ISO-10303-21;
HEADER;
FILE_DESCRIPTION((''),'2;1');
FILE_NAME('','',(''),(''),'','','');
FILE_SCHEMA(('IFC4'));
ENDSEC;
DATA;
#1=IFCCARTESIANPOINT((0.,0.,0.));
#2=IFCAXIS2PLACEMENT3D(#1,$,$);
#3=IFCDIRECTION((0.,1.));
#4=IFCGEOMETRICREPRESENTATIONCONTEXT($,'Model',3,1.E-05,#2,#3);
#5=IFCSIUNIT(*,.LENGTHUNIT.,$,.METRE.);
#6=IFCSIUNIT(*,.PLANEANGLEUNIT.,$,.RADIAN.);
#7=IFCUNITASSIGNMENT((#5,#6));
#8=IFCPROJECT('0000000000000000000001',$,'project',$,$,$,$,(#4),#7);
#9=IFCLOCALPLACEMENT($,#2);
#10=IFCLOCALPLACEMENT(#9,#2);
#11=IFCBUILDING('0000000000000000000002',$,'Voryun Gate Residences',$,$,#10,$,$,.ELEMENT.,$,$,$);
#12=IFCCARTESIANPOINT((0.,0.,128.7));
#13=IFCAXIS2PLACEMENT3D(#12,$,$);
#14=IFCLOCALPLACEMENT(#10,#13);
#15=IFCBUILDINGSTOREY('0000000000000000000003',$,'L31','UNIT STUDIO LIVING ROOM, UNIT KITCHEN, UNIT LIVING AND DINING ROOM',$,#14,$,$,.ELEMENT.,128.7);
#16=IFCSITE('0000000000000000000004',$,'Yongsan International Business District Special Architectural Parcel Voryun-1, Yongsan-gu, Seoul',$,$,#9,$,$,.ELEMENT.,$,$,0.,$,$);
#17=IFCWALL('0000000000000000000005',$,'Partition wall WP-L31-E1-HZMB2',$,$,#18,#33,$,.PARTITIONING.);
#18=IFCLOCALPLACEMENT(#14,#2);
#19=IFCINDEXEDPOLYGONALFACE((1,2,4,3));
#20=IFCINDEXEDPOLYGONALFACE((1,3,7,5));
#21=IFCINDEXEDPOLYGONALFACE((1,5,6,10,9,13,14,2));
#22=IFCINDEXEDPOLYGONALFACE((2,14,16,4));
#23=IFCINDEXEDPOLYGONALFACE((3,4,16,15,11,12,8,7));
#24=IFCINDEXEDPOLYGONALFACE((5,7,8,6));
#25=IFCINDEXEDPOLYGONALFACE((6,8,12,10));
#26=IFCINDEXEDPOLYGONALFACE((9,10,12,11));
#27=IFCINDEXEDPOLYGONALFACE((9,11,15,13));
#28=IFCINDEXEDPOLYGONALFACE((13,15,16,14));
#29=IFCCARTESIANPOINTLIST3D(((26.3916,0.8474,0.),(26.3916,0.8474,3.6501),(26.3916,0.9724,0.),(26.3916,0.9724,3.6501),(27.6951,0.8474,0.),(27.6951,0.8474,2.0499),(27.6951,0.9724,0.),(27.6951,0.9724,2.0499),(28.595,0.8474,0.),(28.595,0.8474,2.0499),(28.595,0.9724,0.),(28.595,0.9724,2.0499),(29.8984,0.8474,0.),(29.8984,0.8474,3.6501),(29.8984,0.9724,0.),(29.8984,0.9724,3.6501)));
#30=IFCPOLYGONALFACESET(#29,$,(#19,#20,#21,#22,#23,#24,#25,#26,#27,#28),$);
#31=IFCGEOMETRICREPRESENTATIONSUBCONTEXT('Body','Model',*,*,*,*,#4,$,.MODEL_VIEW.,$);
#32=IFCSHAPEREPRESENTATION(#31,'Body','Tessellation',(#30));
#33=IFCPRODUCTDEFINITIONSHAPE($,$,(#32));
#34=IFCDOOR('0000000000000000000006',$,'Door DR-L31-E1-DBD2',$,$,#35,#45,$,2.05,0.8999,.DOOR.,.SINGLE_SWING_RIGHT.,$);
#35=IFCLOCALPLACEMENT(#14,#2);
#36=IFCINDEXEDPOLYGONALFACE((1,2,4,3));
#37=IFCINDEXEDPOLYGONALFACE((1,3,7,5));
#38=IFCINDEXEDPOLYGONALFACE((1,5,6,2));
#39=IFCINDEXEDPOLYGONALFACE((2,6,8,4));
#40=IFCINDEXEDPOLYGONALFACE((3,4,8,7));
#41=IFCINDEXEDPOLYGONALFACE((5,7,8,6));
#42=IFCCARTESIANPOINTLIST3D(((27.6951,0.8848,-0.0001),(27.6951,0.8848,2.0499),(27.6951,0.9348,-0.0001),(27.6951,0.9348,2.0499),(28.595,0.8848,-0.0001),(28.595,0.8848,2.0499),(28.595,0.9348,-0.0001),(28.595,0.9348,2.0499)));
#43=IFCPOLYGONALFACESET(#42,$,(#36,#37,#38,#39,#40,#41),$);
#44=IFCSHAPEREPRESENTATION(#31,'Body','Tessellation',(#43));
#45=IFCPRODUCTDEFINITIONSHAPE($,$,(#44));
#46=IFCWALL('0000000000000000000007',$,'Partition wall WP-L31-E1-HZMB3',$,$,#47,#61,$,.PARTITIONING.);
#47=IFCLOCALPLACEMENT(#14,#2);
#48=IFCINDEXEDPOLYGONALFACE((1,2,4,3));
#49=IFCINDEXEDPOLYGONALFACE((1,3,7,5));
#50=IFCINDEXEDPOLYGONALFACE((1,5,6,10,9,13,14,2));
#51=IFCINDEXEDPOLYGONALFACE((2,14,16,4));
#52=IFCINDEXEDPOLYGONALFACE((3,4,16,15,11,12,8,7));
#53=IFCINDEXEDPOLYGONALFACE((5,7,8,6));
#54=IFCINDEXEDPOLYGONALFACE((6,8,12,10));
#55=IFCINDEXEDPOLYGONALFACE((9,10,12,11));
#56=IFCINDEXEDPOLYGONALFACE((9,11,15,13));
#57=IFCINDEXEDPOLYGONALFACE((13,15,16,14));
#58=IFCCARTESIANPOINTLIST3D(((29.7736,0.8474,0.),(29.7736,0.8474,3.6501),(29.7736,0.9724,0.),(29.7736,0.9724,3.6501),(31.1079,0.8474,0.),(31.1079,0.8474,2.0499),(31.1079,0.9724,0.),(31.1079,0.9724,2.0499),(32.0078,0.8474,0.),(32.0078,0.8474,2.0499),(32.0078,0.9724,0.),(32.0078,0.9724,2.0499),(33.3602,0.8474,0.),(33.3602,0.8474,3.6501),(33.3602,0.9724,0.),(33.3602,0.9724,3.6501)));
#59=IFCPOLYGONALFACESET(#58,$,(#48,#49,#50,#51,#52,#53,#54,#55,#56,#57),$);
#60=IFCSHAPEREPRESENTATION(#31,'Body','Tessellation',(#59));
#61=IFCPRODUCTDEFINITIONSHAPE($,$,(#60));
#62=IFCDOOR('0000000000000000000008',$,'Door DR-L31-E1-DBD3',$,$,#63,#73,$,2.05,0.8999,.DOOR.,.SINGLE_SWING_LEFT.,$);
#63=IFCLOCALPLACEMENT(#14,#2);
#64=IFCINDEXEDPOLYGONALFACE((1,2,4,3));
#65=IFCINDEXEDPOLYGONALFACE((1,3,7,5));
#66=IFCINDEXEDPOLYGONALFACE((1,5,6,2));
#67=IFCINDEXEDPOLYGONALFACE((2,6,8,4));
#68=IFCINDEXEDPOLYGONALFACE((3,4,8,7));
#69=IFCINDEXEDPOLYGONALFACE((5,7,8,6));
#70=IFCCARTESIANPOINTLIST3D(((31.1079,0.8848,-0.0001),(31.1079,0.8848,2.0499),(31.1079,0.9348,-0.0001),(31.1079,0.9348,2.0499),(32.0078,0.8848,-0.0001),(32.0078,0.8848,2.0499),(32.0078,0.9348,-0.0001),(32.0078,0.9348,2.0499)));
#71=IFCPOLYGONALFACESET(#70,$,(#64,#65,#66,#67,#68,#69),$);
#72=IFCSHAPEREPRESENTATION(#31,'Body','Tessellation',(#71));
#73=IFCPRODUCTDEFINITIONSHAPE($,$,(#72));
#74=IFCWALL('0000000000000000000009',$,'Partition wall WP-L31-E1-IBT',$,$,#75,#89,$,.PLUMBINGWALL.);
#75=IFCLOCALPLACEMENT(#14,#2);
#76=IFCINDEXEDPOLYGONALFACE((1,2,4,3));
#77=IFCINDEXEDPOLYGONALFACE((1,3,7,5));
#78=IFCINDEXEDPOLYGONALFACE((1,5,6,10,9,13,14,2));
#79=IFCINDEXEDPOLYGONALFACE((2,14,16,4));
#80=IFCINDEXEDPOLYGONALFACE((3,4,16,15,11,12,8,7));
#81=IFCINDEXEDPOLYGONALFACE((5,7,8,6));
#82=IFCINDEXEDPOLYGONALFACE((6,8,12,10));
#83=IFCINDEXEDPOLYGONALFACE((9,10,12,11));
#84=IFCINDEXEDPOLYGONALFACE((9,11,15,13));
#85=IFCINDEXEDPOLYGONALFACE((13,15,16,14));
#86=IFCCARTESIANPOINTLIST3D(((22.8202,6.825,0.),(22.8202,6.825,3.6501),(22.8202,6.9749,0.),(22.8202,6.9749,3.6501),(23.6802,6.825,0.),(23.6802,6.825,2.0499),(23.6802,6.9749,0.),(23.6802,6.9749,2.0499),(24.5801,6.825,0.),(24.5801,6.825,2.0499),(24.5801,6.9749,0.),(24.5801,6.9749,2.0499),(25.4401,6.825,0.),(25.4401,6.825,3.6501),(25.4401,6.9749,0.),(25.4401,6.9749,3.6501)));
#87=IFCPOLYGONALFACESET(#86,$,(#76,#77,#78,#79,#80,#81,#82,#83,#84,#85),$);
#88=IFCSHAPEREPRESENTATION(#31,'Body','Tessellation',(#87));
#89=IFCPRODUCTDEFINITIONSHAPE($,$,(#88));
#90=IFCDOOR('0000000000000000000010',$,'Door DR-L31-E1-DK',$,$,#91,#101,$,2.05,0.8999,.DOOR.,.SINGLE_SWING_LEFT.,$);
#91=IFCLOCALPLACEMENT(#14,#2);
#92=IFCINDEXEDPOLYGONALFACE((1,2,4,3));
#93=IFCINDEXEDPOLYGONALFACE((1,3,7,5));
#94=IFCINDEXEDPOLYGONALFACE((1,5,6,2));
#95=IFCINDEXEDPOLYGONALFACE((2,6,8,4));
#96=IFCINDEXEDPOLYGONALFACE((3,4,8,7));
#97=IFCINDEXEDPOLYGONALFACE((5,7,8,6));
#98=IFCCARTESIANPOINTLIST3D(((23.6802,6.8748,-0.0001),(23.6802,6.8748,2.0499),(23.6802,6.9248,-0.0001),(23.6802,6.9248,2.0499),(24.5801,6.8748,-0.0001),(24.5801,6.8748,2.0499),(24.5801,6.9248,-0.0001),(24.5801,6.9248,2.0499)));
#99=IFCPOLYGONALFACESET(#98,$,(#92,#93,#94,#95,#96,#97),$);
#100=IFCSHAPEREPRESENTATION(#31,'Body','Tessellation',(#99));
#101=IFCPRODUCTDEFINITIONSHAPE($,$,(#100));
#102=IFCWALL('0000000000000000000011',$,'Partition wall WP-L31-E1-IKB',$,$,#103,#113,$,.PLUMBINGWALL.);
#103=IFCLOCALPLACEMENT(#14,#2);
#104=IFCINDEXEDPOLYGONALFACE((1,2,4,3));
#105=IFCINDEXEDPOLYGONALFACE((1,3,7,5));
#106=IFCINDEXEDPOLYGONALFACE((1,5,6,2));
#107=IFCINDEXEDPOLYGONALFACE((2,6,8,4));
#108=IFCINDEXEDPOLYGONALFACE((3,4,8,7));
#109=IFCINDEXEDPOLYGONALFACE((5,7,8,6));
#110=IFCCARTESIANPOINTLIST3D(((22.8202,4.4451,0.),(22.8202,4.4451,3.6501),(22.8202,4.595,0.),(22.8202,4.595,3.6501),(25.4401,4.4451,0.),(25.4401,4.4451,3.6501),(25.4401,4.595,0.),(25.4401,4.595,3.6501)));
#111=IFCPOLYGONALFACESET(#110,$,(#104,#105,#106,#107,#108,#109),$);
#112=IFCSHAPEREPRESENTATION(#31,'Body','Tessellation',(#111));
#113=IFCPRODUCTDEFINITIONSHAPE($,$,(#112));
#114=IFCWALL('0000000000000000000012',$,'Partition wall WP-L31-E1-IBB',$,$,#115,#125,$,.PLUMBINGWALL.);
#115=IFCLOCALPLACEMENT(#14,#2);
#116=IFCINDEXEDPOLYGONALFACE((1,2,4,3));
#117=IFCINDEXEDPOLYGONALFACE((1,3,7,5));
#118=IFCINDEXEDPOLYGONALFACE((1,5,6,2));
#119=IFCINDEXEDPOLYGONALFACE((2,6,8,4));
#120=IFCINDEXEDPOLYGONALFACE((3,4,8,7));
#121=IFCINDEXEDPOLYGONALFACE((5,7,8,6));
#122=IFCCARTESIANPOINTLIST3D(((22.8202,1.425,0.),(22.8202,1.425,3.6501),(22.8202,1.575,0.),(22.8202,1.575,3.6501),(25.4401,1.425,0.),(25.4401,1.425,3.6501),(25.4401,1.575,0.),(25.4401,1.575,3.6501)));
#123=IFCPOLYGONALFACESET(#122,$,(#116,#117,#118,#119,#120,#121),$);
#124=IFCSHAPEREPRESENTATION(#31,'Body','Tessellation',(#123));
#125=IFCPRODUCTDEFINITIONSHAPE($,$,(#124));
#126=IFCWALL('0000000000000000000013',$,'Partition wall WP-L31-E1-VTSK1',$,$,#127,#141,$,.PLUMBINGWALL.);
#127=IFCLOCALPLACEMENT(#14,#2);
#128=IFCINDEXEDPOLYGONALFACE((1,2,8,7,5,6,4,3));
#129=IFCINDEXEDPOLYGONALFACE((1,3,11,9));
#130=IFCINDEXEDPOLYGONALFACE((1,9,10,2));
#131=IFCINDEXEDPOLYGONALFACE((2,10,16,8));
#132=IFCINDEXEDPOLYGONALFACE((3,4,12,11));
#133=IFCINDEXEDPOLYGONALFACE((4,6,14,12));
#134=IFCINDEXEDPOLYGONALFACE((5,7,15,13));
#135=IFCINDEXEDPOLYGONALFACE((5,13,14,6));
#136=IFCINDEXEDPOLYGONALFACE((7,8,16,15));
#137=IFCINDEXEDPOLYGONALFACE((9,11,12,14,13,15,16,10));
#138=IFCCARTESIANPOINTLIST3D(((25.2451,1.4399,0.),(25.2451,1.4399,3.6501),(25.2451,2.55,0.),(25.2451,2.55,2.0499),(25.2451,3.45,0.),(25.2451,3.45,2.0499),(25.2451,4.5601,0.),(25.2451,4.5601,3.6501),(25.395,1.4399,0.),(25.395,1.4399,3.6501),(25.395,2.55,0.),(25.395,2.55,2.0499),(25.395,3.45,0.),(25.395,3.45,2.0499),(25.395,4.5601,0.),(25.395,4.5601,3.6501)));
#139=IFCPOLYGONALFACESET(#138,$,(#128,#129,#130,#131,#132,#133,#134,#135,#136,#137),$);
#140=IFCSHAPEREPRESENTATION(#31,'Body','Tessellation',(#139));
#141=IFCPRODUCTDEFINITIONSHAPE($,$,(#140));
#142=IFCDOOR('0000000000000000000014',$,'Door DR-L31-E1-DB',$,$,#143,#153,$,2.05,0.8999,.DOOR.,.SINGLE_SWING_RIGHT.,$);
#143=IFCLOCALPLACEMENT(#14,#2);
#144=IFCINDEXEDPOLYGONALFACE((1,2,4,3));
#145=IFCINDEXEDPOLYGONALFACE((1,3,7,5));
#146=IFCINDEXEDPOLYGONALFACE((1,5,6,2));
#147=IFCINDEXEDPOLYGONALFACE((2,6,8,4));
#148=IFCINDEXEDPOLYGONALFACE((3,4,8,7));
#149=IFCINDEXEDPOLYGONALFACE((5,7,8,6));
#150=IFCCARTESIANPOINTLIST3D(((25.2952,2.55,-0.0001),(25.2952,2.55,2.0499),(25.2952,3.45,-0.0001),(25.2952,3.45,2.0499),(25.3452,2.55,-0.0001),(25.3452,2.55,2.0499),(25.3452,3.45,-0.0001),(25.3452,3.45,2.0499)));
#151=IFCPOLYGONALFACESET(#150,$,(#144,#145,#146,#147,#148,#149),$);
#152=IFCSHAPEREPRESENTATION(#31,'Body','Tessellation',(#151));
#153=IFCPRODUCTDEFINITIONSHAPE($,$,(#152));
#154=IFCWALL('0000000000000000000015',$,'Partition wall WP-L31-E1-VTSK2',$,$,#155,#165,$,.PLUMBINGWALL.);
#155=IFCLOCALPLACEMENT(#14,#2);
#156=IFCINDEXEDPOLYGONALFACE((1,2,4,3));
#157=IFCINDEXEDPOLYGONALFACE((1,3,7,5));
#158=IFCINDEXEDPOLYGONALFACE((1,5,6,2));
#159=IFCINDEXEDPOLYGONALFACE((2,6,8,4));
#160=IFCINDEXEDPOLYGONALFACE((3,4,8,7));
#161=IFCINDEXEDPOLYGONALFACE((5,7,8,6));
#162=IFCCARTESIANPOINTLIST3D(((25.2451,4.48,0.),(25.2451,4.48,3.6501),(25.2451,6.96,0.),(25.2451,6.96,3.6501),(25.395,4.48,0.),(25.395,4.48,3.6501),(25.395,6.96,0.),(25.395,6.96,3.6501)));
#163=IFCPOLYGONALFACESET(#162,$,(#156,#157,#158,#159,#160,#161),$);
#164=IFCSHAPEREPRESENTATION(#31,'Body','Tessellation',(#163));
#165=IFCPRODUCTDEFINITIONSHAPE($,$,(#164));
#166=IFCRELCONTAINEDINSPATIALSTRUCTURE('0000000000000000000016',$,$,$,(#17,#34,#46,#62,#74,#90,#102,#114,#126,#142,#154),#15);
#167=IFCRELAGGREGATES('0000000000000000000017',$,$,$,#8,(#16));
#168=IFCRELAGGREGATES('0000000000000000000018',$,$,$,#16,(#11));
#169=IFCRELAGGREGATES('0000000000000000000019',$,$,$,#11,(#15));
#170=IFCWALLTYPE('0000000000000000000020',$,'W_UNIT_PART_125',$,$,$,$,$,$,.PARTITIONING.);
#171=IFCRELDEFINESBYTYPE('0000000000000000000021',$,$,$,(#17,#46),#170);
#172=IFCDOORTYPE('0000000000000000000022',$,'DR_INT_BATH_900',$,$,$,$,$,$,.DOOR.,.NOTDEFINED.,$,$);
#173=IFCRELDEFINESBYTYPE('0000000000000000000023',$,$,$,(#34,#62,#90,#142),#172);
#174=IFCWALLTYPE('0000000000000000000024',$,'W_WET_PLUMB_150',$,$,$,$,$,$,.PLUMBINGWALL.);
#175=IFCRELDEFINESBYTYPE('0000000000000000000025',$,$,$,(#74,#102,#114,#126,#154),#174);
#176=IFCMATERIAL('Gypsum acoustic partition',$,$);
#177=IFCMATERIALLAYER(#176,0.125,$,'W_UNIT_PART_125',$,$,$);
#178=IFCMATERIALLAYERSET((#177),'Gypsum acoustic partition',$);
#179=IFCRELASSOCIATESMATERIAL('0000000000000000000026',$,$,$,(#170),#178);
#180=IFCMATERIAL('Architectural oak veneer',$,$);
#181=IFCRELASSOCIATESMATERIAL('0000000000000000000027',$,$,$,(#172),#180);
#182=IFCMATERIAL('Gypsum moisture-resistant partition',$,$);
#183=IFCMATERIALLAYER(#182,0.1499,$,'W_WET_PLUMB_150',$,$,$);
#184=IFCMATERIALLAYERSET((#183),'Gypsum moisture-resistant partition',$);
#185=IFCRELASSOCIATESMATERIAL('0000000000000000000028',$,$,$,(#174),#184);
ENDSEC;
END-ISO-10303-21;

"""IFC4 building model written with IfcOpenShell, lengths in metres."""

from ifc_helpers import new_model, si_unit, direction, frame, frame_2d, origin, place, context, subcontext, project, spatial, rectangle, extrude, material, layer, layer_set, type_object, element, fill, save


model = new_model("IFC4")

# Units and contexts
model_context = context("Model", 3, precision=1e-05, world=origin(), true_north=direction((0.0, 1.0)))
body_context = subcontext(model_context, "Body", "Model", "MODEL_VIEW")
ifc_project = project(units=[si_unit("LENGTHUNIT", "METRE"), si_unit("PLANEANGLEUNIT", "RADIAN")], contexts=[model_context])

# Site, building, storey
site_placement = place(None, origin())
site = spatial("IfcSite", under=ifc_project, at=site_placement, Name="Yongsan International Business District Special Architectural Parcel Voryun-1, Yongsan-gu, Seoul", CompositionType="ELEMENT", RefElevation=0.0)
building_placement = place(site_placement, origin())
building = spatial("IfcBuilding", under=site, at=building_placement, Name="Voryun Gate Residences", CompositionType="ELEMENT")
storey_placement = place(building_placement, frame((0.0, 0.0, 128.7)))
storey = spatial("IfcBuildingStorey", under=building, at=storey_placement, Name="L31", Description="UNIT STUDIO LIVING ROOM, UNIT KITCHEN, UNIT LIVING AND DINING ROOM", CompositionType="ELEMENT", Elevation=128.7)

# Walls, openings, doors
ifc_material_1 = material(Name="Gypsum acoustic partition")
ifc_layer_1 = layer(ifc_material_1, 0.125, Name="W_UNIT_PART_125")
ifc_layer_set_1 = layer_set([ifc_layer_1], Name="Gypsum acoustic partition")
wall_type_1 = type_object("IfcWallType", Name="W_UNIT_PART_125", PredefinedType="PARTITIONING", material=ifc_layer_set_1)
ifc_material_2 = material(Name="Architectural oak veneer")
door_type_1 = type_object("IfcDoorType", Name="DR_INT_BATH_900", OperationType="NOTDEFINED", PredefinedType="DOOR", material=ifc_material_2)
wall_1_placement = place(storey_placement, frame((26.3916, 0.9099, 0.0), z_axis=(0.0, 0.0, 1.0), x_axis=(1.0, 0.0, 0.0)))
wall_1 = element("IfcWall", 1, at=wall_1_placement, inside=storey, type_object=wall_type_1, Name="Partition wall WP-L31-E1-HZMB2", PredefinedType="PARTITIONING", context=body_context, shape_type="SweptSolid", body=[
    extrude(rectangle(XDim=3.5068, YDim=0.125, at=frame_2d((1.7534, 0.0))), origin(), (0.0, 0.0, 1.0), 3.6501),
])
opening_1_placement = place(wall_1_placement, frame((1.3035, 0.0, 0.0)))
opening_1 = element("IfcOpeningElement", 2, at=opening_1_placement, cuts=wall_1, PredefinedType="OPENING", context=body_context, shape_type="SweptSolid", body=[
    extrude(rectangle(XDim=0.8999, YDim=2.05, at=frame_2d((0.45, 1.0249))), frame((0.0, 0.0725, 0.0), z_axis=(0.0, -1.0, 0.0), x_axis=(1.0, 0.0, 0.0)), (0.0, 0.0, 1.0), 0.145),
])
door_1_placement = place(opening_1_placement, origin())
door_1 = element("IfcDoor", 3, at=door_1_placement, inside=storey, type_object=door_type_1, Name="Door DR-L31-E1-DBD2", OperationType="SINGLE_SWING_RIGHT", OverallHeight=2.05, OverallWidth=0.8999, PredefinedType="DOOR", context=body_context, shape_type="SweptSolid", body=[
    extrude(rectangle(XDim=0.8999, YDim=2.05, at=frame_2d((0.45, 1.0249))), frame((0.0, 0.0249, 0.0), z_axis=(0.0, -1.0, 0.0), x_axis=(1.0, 0.0, 0.0)), (0.0, 0.0, 1.0), 0.05),
])
fill(opening_1, door_1)
wall_2_placement = place(storey_placement, frame((29.7734, 0.9099, 0.0), z_axis=(0.0, 0.0, 1.0), x_axis=(1.0, 0.0, 0.0)))
wall_2 = element("IfcWall", 4, at=wall_2_placement, inside=storey, type_object=wall_type_1, Name="Partition wall WP-L31-E1-HZMB3", PredefinedType="PARTITIONING", context=body_context, shape_type="SweptSolid", body=[
    extrude(rectangle(XDim=3.5867, YDim=0.125, at=frame_2d((1.7935, 0.0))), origin(), (0.0, 0.0, 1.0), 3.6501),
])
opening_2_placement = place(wall_2_placement, frame((1.3345, 0.0, 0.0)))
opening_2 = element("IfcOpeningElement", 5, at=opening_2_placement, cuts=wall_2, PredefinedType="OPENING", context=body_context, shape_type="SweptSolid", body=[
    extrude(rectangle(XDim=0.8999, YDim=2.05, at=frame_2d((0.45, 1.0249))), frame((0.0, 0.0725, 0.0), z_axis=(0.0, -1.0, 0.0), x_axis=(1.0, 0.0, 0.0)), (0.0, 0.0, 1.0), 0.145),
])
door_2_placement = place(opening_2_placement, origin())
door_2 = element("IfcDoor", 6, at=door_2_placement, inside=storey, type_object=door_type_1, Name="Door DR-L31-E1-DBD3", OperationType="SINGLE_SWING_LEFT", OverallHeight=2.05, OverallWidth=0.8999, PredefinedType="DOOR", context=body_context, shape_type="SweptSolid", body=[
    extrude(rectangle(XDim=0.8999, YDim=2.05, at=frame_2d((0.45, 1.0249))), frame((0.0, 0.0249, 0.0), z_axis=(0.0, -1.0, 0.0), x_axis=(1.0, 0.0, 0.0)), (0.0, 0.0, 1.0), 0.05),
])
fill(opening_2, door_2)
ifc_material_3 = material(Name="Gypsum moisture-resistant partition")
ifc_layer_2 = layer(ifc_material_3, 0.1499, Name="W_WET_PLUMB_150")
ifc_layer_set_2 = layer_set([ifc_layer_2], Name="Gypsum moisture-resistant partition")
wall_type_2 = type_object("IfcWallType", Name="W_WET_PLUMB_150", PredefinedType="PLUMBINGWALL", material=ifc_layer_set_2)
wall_3_placement = place(storey_placement, frame((22.8201, 6.8999, 0.0), z_axis=(0.0, 0.0, 1.0), x_axis=(1.0, 0.0, 0.0)))
wall_3 = element("IfcWall", 7, at=wall_3_placement, inside=storey, type_object=wall_type_2, Name="Partition wall WP-L31-E1-IBT", PredefinedType="PLUMBINGWALL", context=body_context, shape_type="SweptSolid", body=[
    extrude(rectangle(XDim=2.6199, YDim=0.1499, at=frame_2d((1.3101, 0.0))), origin(), (0.0, 0.0, 1.0), 3.6501),
])
opening_3_placement = place(wall_3_placement, frame((0.8601, 0.0, 0.0)))
opening_3 = element("IfcOpeningElement", 8, at=opening_3_placement, cuts=wall_3, PredefinedType="OPENING", context=body_context, shape_type="SweptSolid", body=[
    extrude(rectangle(XDim=0.8999, YDim=2.05, at=frame_2d((0.45, 1.0249))), frame((0.0, 0.085, 0.0), z_axis=(0.0, -1.0, 0.0), x_axis=(1.0, 0.0, 0.0)), (0.0, 0.0, 1.0), 0.1699),
])
door_3_placement = place(opening_3_placement, origin())
door_3 = element("IfcDoor", 9, at=door_3_placement, inside=storey, type_object=door_type_1, Name="Door DR-L31-E1-DK", OperationType="SINGLE_SWING_LEFT", OverallHeight=2.05, OverallWidth=0.8999, PredefinedType="DOOR", context=body_context, shape_type="SweptSolid", body=[
    extrude(rectangle(XDim=0.8999, YDim=2.05, at=frame_2d((0.45, 1.0249))), frame((0.0, 0.0249, 0.0), z_axis=(0.0, -1.0, 0.0), x_axis=(1.0, 0.0, 0.0)), (0.0, 0.0, 1.0), 0.05),
])
fill(opening_3, door_3)

# Walls
for number, where, z_axis, x_axis, name in (
    (10, (22.8201, 4.52, 0.0), (0.0, 0.0, 1.0), (1.0, 0.0, 0.0), "Partition wall WP-L31-E1-IKB"),
    (11, (22.8201, 1.5, 0.0), (0.0, 0.0, 1.0), (1.0, 0.0, 0.0), "Partition wall WP-L31-E1-IBB"),
):
    element("IfcWall", number, at=place(storey_placement, frame(where, z_axis=z_axis, x_axis=x_axis)), inside=storey, type_object=wall_type_2, Name=name, PredefinedType="PLUMBINGWALL", context=body_context, shape_type="SweptSolid", body=[
        extrude(rectangle(XDim=2.6199, YDim=0.1499, at=frame_2d((1.3101, 0.0))), origin(), (0.0, 0.0, 1.0), 3.6501),
    ])

# Wall, opening, door
wall_4_placement = place(storey_placement, frame((25.3201, 1.4399, 0.0), z_axis=(0.0, 0.0, 1.0), x_axis=(0.0, 1.0, 0.0)))
wall_4 = element("IfcWall", 12, at=wall_4_placement, inside=storey, type_object=wall_type_2, Name="Partition wall WP-L31-E1-VTSK1", PredefinedType="PLUMBINGWALL", context=body_context, shape_type="SweptSolid", body=[
    extrude(rectangle(XDim=3.1201, YDim=0.1499, at=frame_2d((1.5601, 0.0))), origin(), (0.0, 0.0, 1.0), 3.6501),
])
opening_4_placement = place(wall_4_placement, frame((1.1101, 0.0, 0.0)))
opening_4 = element("IfcOpeningElement", 13, at=opening_4_placement, cuts=wall_4, PredefinedType="OPENING", context=body_context, shape_type="SweptSolid", body=[
    extrude(rectangle(XDim=0.8999, YDim=2.05, at=frame_2d((0.45, 1.0249))), frame((0.0, 0.085, 0.0), z_axis=(0.0, -1.0, 0.0), x_axis=(1.0, 0.0, 0.0)), (0.0, 0.0, 1.0), 0.1699),
])
door_4_placement = place(opening_4_placement, origin())
door_4 = element("IfcDoor", 14, at=door_4_placement, inside=storey, type_object=door_type_1, Name="Door DR-L31-E1-DB", OperationType="SINGLE_SWING_RIGHT", OverallHeight=2.05, OverallWidth=0.8999, PredefinedType="DOOR", context=body_context, shape_type="SweptSolid", body=[
    extrude(rectangle(XDim=0.8999, YDim=2.05, at=frame_2d((0.45, 1.0249))), frame((0.0, 0.0249, 0.0), z_axis=(0.0, -1.0, 0.0), x_axis=(1.0, 0.0, 0.0)), (0.0, 0.0, 1.0), 0.05),
])
fill(opening_4, door_4)

# Wall
wall_5_placement = place(storey_placement, frame((25.3201, 4.48, 0.0), z_axis=(0.0, 0.0, 1.0), x_axis=(0.0, 1.0, 0.0)))
element("IfcWall", 15, at=wall_5_placement, inside=storey, type_object=wall_type_2, Name="Partition wall WP-L31-E1-VTSK2", PredefinedType="PLUMBINGWALL", context=body_context, shape_type="SweptSolid", body=[
    extrude(rectangle(XDim=2.48, YDim=0.1499, at=frame_2d((1.24, 0.0))), origin(), (0.0, 0.0, 1.0), 3.6501),
])

save(model, "model.ifc")
